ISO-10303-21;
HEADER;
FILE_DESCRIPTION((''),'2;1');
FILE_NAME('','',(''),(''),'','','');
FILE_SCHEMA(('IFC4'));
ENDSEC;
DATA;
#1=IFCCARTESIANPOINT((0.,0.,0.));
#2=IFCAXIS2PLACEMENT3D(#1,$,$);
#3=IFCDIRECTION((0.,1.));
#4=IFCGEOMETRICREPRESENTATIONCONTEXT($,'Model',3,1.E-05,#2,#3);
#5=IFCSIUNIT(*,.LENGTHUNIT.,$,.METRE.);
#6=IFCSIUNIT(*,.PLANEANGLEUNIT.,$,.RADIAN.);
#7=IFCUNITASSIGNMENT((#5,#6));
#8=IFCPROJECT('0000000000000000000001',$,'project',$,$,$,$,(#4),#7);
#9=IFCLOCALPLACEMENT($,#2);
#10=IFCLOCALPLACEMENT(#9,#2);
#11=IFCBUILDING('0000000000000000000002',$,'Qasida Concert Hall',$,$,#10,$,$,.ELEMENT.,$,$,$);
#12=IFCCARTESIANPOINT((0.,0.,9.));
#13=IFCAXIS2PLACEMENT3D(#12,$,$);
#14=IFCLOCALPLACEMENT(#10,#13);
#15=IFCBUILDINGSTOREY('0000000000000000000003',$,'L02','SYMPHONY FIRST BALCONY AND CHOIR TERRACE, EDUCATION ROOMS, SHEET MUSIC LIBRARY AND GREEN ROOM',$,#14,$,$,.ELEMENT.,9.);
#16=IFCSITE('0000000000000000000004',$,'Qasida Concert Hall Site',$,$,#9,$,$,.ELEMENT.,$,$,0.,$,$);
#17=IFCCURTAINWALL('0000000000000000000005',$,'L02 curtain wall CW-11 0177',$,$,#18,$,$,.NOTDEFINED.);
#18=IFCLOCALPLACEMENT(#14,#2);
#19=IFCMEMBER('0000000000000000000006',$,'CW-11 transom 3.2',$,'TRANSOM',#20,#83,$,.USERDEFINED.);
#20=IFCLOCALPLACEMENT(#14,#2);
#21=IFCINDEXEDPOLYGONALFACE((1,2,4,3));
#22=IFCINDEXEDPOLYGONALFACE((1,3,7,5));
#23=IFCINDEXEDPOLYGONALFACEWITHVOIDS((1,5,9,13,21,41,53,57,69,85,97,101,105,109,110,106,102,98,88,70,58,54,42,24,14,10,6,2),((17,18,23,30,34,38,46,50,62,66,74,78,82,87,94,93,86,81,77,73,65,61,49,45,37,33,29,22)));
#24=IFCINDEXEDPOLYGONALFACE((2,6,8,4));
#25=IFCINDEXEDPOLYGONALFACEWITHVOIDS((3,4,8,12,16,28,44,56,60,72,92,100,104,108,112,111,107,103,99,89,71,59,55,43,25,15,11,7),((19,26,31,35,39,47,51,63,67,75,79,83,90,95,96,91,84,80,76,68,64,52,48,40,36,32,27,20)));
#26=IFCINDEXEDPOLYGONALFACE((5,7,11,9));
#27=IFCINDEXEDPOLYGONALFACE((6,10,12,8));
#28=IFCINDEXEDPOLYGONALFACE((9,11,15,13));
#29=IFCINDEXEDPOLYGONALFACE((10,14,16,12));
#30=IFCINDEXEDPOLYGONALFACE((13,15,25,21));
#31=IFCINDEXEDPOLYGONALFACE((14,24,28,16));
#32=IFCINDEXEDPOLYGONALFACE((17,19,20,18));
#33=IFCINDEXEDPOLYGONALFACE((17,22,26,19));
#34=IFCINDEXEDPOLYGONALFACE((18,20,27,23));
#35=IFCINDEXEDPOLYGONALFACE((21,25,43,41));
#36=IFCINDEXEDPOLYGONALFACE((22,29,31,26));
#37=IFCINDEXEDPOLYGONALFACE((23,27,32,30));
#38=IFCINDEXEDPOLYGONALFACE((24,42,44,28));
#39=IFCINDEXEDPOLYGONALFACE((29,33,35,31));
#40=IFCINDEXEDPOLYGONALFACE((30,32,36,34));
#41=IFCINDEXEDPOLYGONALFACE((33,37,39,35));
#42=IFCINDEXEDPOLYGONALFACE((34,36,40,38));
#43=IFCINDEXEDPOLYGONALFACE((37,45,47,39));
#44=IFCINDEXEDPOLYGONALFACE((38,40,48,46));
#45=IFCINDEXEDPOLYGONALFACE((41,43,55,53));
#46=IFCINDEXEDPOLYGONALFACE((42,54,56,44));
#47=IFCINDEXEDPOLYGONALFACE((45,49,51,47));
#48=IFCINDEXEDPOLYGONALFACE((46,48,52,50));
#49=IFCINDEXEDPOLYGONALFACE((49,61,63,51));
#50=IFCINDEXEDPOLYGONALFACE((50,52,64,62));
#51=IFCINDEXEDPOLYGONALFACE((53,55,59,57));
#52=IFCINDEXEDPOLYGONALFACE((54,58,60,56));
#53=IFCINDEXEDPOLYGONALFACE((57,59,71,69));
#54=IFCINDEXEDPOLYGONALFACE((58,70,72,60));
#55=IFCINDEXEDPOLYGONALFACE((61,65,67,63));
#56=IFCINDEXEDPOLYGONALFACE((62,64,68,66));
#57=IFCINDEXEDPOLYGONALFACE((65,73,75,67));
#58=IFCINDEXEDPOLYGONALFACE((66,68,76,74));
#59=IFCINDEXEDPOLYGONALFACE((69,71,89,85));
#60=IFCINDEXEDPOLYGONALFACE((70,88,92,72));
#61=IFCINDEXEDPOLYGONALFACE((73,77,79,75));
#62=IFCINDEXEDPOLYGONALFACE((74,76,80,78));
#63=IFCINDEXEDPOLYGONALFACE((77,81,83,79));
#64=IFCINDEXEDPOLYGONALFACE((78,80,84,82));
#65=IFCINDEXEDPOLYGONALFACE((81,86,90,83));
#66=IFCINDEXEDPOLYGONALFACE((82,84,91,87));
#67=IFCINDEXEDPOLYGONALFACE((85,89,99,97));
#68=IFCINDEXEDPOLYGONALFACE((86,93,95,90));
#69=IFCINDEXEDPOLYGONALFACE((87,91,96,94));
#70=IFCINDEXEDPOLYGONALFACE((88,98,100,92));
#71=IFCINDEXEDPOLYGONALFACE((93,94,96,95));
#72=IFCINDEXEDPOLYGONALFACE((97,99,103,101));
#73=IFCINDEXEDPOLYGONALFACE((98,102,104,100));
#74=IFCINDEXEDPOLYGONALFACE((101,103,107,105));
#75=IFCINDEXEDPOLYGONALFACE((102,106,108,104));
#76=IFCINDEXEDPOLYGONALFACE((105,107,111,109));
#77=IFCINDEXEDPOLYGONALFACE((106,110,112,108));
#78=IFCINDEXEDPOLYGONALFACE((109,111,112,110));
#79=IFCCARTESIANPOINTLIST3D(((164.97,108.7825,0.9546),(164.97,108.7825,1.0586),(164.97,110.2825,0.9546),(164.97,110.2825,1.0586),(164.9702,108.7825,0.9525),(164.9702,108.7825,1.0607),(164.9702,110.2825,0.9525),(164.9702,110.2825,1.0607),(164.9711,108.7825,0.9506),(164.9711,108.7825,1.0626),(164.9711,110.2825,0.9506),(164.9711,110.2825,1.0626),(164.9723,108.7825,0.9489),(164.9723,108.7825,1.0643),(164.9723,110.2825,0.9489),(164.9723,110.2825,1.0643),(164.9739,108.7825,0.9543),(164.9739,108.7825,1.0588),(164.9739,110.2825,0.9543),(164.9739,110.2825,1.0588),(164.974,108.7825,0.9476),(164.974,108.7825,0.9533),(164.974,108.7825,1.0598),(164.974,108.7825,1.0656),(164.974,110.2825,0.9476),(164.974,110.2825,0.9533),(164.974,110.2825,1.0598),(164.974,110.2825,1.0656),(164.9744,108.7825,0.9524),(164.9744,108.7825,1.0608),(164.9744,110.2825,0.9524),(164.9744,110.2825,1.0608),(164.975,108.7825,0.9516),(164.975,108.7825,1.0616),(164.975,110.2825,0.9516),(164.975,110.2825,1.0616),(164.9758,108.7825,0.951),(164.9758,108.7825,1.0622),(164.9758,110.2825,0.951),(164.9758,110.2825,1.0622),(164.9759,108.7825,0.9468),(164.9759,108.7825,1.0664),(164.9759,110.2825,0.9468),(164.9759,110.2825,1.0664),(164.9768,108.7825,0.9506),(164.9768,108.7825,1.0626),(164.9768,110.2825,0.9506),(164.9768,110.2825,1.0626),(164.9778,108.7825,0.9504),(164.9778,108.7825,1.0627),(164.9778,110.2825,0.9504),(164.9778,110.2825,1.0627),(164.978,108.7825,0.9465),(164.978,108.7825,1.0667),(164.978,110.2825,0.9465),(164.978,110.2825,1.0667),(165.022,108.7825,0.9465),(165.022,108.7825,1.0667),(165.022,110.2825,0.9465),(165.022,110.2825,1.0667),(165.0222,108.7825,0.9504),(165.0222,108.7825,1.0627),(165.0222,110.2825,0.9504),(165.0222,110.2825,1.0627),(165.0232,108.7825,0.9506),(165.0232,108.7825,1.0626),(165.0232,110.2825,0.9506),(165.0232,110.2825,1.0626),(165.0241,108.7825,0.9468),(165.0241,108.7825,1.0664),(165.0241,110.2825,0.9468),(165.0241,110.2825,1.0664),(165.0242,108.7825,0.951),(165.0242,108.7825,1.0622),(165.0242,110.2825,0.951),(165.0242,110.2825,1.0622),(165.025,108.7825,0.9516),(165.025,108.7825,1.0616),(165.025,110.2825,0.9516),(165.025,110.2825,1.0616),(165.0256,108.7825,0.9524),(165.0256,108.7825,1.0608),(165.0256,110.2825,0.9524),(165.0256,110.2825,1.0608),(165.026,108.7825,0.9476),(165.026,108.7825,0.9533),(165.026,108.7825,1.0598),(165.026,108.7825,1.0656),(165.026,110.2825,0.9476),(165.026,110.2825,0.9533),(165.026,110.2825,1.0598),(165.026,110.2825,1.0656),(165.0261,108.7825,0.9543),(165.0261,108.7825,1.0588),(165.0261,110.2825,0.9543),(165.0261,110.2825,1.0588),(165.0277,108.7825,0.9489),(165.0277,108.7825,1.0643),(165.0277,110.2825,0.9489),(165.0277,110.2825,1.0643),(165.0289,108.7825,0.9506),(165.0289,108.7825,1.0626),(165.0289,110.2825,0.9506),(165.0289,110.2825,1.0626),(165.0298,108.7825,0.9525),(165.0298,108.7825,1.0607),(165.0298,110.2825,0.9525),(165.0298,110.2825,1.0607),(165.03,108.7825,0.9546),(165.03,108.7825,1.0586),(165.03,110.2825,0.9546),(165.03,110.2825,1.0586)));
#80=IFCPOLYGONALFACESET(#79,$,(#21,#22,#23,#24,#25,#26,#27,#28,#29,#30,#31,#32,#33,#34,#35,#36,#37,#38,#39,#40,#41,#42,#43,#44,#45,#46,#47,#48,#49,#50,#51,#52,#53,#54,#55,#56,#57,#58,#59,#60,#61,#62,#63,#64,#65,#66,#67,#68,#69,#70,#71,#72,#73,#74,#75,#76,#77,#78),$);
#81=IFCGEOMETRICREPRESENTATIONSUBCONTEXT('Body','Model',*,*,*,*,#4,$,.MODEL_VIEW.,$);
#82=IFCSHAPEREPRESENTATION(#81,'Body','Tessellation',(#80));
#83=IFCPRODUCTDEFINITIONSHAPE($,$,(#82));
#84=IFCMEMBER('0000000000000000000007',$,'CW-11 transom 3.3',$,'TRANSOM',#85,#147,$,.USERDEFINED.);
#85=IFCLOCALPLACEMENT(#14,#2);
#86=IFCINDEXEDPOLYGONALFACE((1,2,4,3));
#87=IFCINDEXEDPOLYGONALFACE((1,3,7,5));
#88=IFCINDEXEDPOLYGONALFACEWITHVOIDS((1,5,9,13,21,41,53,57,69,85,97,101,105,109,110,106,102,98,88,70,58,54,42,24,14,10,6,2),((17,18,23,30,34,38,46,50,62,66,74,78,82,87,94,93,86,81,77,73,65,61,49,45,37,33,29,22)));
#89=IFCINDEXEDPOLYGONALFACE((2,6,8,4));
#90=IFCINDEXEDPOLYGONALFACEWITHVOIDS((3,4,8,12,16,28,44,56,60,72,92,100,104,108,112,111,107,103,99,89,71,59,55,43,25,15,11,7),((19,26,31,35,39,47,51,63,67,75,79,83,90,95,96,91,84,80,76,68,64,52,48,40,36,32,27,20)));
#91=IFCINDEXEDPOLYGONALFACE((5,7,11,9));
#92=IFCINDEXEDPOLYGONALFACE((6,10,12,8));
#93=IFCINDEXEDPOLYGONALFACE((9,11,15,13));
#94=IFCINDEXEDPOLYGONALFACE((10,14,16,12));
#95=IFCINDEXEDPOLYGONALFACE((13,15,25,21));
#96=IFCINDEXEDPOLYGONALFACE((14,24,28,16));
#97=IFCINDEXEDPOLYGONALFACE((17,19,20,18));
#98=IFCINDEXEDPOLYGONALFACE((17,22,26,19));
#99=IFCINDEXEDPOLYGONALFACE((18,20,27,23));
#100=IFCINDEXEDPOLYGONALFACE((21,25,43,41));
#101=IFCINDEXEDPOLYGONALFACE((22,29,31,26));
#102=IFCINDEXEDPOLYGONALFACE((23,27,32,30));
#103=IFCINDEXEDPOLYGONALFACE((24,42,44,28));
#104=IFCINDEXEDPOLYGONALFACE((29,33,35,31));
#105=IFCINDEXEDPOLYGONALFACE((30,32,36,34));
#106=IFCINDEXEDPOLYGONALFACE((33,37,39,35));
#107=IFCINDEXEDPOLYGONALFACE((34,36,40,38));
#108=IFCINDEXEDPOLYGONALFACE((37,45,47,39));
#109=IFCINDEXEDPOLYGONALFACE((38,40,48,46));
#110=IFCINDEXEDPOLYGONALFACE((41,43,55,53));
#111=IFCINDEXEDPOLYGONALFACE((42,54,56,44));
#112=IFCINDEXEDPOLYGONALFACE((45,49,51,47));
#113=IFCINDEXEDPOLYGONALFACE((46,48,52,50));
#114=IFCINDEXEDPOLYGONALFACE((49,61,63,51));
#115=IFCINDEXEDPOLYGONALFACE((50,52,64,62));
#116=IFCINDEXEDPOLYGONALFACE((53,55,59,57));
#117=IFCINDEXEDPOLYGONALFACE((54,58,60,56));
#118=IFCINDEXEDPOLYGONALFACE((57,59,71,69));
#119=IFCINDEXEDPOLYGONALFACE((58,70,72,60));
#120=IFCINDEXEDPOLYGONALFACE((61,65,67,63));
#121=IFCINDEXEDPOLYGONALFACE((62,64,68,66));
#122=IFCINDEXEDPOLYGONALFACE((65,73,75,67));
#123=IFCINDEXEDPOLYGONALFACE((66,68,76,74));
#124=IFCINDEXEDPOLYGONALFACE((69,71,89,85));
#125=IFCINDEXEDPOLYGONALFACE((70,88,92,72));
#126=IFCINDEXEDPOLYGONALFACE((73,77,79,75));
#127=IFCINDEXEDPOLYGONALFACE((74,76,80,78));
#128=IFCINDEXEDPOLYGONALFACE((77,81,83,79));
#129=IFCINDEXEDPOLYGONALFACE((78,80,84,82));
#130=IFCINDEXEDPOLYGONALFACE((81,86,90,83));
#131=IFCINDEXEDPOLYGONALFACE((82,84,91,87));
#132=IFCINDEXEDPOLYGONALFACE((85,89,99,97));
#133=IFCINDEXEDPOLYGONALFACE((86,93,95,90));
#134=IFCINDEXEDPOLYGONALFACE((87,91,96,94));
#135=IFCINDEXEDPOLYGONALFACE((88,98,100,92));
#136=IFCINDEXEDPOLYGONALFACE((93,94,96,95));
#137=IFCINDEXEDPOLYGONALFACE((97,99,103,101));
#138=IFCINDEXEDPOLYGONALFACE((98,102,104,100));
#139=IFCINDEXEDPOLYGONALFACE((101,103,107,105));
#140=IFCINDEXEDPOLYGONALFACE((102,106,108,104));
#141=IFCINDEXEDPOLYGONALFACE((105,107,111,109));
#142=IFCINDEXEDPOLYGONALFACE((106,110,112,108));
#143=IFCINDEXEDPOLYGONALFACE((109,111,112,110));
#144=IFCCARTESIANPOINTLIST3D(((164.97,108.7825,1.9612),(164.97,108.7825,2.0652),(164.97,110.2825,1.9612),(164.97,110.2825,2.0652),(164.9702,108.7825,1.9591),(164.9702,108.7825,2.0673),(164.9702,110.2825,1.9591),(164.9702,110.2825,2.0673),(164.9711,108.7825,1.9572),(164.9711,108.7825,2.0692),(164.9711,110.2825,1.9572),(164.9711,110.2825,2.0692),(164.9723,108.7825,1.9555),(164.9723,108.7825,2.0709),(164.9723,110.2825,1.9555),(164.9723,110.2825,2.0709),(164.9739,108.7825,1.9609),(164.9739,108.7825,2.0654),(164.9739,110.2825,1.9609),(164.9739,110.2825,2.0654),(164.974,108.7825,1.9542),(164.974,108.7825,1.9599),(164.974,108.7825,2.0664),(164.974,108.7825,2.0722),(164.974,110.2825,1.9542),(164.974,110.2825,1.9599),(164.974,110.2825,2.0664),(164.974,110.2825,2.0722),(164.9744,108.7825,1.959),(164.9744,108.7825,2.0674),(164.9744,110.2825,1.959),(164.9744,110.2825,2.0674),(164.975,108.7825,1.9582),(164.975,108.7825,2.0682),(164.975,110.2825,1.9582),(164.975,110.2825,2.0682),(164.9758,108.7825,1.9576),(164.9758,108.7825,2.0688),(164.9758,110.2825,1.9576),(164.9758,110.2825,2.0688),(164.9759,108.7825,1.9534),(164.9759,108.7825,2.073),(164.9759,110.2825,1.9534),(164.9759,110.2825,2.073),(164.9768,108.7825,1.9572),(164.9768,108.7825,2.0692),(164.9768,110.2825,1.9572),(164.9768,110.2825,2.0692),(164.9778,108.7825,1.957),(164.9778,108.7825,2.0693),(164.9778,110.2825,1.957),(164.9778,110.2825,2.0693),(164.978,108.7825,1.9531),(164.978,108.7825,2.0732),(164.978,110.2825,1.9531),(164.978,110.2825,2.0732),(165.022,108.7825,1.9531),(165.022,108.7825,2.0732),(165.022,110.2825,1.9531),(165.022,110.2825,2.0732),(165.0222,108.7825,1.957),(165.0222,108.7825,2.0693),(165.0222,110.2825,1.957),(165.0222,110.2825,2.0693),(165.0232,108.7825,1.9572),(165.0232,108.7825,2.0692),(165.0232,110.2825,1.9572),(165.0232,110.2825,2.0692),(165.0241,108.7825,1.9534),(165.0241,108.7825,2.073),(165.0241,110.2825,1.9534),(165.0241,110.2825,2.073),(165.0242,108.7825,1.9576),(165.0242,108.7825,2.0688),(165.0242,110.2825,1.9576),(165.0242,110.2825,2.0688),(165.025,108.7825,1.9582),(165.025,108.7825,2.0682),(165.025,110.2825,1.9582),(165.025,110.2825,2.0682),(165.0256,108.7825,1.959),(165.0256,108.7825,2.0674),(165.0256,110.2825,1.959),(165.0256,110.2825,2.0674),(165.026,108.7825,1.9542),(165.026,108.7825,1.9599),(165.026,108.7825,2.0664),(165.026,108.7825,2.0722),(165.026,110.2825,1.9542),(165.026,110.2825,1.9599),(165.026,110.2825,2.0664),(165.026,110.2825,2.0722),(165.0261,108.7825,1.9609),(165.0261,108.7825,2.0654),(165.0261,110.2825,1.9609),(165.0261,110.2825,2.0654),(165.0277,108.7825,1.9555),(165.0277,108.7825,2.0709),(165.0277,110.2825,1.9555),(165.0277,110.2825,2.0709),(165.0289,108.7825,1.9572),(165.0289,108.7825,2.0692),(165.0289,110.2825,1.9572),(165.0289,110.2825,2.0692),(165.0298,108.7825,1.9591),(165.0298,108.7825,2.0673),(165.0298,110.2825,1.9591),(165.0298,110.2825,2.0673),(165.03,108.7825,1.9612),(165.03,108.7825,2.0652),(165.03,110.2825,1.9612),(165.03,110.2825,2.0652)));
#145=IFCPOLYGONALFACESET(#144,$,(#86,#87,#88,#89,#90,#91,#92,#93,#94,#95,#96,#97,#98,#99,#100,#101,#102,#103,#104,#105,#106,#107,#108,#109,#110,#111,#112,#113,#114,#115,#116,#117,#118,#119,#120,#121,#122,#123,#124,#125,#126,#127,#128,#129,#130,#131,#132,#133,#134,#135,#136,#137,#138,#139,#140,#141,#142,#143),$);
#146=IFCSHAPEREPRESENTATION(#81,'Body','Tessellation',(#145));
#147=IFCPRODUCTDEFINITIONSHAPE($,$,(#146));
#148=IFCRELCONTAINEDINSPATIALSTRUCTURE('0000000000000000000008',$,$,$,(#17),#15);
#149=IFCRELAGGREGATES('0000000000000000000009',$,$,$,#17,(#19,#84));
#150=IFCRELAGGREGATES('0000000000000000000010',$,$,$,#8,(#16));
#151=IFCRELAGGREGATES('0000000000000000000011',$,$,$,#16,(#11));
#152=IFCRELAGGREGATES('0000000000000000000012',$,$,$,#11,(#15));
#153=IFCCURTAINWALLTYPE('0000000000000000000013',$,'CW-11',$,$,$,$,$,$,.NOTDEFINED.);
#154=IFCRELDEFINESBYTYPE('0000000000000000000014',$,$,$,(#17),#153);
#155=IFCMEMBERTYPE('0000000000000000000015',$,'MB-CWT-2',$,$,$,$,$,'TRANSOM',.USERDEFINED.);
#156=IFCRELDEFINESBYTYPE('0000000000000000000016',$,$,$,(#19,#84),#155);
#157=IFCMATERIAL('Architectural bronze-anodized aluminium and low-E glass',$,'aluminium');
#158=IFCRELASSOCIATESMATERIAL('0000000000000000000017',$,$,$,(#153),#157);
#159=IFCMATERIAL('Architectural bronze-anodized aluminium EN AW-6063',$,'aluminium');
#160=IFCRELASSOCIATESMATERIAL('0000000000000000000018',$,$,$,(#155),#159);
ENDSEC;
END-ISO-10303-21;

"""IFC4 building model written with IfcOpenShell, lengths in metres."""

from ifc_helpers import new_model, si_unit, direction, frame, origin, origin_2d, place, context, subcontext, project, spatial, hollow_rectangle, extrude, material, material_profile, profile_set, type_object, element, aggregate, save


model = new_model("IFC4")

# Units and contexts
model_context = context("Model", 3, precision=1e-05, world=origin(), true_north=direction((0.0, 1.0)))
body_context = subcontext(model_context, "Body", "Model", "MODEL_VIEW")
ifc_project = project(units=[si_unit("LENGTHUNIT", "METRE"), si_unit("PLANEANGLEUNIT", "RADIAN")], contexts=[model_context])

# Site, building, storey
site_placement = place(None, origin())
site = spatial("IfcSite", under=ifc_project, at=site_placement, Name="Qasida Concert Hall Site", CompositionType="ELEMENT", RefElevation=0.0)
building_placement = place(site_placement, origin())
building = spatial("IfcBuilding", under=site, at=building_placement, Name="Qasida Concert Hall", CompositionType="ELEMENT")
storey_placement = place(building_placement, frame((0.0, 0.0, 9.0)))
storey = spatial("IfcBuildingStorey", under=building, at=storey_placement, Name="L02", Description="SYMPHONY FIRST BALCONY AND CHOIR TERRACE, EDUCATION ROOMS, SHEET MUSIC LIBRARY AND GREEN ROOM", CompositionType="ELEMENT", Elevation=9.0)

# Curtain wall, members
ifc_material_1 = material(Name="Architectural bronze-anodized aluminium and low-E glass", Category="aluminium")
curtain_wall_type = type_object("IfcCurtainWallType", Name="CW-11", PredefinedType="NOTDEFINED", material=ifc_material_1)
curtain_wall_placement = place(storey_placement, origin())
curtain_wall = element("IfcCurtainWall", 1, at=curtain_wall_placement, inside=storey, type_object=curtain_wall_type, Name="L02 curtain wall CW-11 0177", PredefinedType="NOTDEFINED")
ifc_material_2 = material(Name="Architectural bronze-anodized aluminium EN AW-6063", Category="aluminium")
ifc_material_profile_1 = material_profile(ifc_material_2, hollow_rectangle(XDim=0.0601, YDim=0.1201, WallThickness=0.0039, InnerFilletRadius=0.0039, OuterFilletRadius=0.0081, at=origin_2d()), Name="CWT 120x60x4")
ifc_profile_set_1 = profile_set([ifc_material_profile_1], Name="Architectural bronze-anodized aluminium EN AW-6063")
member_type_1 = type_object("IfcMemberType", Name="MB-CWT-2", ElementType="TRANSOM", PredefinedType="USERDEFINED", material=ifc_profile_set_1)
member_1_placement = place(storey_placement, frame((165.0, 108.7825, 1.0066), z_axis=(0.0, 1.0, 0.0), x_axis=(-1.0, 0.0, 0.0)))
member_1 = element("IfcMember", 2, at=member_1_placement, type_object=member_type_1, Name="CW-11 transom 3.2", ObjectType="TRANSOM", PredefinedType="USERDEFINED", context=body_context, shape_type="SweptSolid", body=[
    extrude(hollow_rectangle(XDim=0.0601, YDim=0.1201, WallThickness=0.0039, InnerFilletRadius=0.0039, OuterFilletRadius=0.0081, at=origin_2d()), origin(), (0.0, 0.0, 1.0), 1.5),
])
member_2_placement = place(storey_placement, frame((165.0, 108.7825, 2.0132), z_axis=(0.0, 1.0, 0.0), x_axis=(-1.0, 0.0, 0.0)))
member_2 = element("IfcMember", 3, at=member_2_placement, type_object=member_type_1, Name="CW-11 transom 3.3", ObjectType="TRANSOM", PredefinedType="USERDEFINED", context=body_context, shape_type="SweptSolid", body=[
    extrude(hollow_rectangle(XDim=0.0601, YDim=0.1201, WallThickness=0.0039, InnerFilletRadius=0.0039, OuterFilletRadius=0.0081, at=origin_2d()), origin(), (0.0, 0.0, 1.0), 1.5),
])
aggregate(curtain_wall, [member_1, member_2])

save(model, "model.ifc")
